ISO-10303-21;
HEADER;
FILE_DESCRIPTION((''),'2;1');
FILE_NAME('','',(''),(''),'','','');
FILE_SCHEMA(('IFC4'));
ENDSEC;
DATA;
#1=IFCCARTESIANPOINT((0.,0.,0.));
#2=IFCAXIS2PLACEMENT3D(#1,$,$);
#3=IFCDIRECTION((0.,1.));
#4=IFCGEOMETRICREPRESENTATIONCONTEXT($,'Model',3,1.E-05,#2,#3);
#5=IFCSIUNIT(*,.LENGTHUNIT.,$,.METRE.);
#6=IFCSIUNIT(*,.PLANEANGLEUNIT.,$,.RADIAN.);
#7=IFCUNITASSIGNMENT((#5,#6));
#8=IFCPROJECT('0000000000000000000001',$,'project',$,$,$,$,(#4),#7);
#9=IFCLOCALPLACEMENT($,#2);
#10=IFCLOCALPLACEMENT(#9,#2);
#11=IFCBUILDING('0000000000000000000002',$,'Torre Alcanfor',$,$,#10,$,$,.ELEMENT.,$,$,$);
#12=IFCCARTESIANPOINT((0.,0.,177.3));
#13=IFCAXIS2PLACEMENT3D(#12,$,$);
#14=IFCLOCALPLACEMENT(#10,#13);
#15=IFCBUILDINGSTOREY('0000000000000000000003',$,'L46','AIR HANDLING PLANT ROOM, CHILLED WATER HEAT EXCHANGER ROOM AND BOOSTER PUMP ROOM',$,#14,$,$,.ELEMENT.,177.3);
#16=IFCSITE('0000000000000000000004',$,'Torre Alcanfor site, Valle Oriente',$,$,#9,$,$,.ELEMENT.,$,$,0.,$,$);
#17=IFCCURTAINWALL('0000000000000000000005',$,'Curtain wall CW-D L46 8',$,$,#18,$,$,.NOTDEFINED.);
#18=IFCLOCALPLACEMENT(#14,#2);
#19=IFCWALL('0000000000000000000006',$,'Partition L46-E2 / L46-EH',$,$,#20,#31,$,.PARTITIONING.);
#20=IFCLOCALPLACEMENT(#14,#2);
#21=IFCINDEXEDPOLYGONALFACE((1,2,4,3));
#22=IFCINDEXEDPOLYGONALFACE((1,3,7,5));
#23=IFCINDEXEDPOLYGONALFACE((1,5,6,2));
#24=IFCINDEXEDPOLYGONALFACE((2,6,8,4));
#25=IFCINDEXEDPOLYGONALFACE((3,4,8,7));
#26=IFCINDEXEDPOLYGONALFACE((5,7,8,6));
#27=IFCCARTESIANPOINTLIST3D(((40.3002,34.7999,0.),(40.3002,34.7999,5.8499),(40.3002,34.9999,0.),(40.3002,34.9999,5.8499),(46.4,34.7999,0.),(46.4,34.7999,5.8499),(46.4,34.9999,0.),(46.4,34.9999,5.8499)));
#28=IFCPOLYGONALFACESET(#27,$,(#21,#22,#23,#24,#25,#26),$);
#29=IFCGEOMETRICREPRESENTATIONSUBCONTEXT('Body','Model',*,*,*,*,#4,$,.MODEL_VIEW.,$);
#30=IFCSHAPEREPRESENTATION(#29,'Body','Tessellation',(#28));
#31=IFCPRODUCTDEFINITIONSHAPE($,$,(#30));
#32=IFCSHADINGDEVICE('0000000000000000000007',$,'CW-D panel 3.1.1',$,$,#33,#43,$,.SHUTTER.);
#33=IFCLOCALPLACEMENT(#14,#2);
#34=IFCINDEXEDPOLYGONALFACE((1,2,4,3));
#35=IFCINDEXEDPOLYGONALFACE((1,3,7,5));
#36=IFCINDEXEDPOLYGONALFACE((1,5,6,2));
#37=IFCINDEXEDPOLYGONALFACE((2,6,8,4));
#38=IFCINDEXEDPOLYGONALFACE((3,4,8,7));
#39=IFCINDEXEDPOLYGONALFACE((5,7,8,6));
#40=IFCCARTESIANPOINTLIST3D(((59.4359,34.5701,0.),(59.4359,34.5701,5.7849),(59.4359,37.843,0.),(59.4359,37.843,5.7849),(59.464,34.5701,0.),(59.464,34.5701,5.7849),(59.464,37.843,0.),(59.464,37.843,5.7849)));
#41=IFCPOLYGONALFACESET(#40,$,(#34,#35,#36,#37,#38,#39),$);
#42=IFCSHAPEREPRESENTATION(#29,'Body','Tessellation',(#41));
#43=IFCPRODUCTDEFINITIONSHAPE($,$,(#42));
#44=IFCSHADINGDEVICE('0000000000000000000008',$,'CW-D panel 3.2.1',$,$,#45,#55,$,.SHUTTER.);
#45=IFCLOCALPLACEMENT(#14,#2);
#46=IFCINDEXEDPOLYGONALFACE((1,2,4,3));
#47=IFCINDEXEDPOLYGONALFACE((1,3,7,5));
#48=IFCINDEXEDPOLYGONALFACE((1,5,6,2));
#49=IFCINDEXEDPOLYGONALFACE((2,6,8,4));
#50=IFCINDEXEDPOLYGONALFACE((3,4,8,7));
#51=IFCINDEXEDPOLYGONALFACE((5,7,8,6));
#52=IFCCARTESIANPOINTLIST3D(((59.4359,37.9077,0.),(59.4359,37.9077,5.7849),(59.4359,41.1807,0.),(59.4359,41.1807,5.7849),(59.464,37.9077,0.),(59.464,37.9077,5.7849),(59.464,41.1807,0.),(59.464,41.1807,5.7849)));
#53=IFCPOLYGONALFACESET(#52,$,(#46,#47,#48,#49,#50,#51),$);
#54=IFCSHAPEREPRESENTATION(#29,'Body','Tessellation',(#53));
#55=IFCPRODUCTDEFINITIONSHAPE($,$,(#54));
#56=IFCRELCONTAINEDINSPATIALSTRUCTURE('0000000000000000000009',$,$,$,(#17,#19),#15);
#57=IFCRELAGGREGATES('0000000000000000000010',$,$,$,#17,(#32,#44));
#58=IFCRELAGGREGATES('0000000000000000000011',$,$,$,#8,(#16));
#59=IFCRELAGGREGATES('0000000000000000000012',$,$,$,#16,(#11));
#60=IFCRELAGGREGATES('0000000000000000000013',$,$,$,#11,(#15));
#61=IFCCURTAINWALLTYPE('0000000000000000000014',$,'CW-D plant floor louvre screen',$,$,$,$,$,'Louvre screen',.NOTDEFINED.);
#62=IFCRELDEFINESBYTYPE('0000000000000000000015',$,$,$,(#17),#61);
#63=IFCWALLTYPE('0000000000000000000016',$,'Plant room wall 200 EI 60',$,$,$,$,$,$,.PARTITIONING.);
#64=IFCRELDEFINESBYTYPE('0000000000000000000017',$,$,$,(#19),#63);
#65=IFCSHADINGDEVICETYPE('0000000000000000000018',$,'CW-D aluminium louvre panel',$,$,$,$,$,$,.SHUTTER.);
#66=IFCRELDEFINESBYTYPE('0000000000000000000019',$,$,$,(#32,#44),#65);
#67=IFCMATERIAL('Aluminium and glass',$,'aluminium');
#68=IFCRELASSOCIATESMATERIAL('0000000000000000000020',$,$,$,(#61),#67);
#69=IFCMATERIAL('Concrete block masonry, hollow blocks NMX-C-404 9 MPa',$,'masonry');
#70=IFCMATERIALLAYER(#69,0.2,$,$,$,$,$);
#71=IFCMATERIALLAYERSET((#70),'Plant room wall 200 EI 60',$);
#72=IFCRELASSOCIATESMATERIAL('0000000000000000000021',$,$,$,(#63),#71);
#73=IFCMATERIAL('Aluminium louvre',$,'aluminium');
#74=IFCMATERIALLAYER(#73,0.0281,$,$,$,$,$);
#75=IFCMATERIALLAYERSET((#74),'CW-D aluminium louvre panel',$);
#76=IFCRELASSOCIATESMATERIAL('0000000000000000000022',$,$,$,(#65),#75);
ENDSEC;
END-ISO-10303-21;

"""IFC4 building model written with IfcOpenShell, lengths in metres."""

from ifc_helpers import new_model, si_unit, direction, frame, frame_2d, origin, origin_2d, place, context, subcontext, project, spatial, rectangle, extrude, material, layer, layer_set, type_object, element, aggregate, save


model = new_model("IFC4")

# Units and contexts
model_context = context("Model", 3, precision=1e-05, world=origin(), true_north=direction((0.0, 1.0)))
body_context = subcontext(model_context, "Body", "Model", "MODEL_VIEW")
ifc_project = project(units=[si_unit("LENGTHUNIT", "METRE"), si_unit("PLANEANGLEUNIT", "RADIAN")], contexts=[model_context])

# Site, building, storey
site_placement = place(None, origin())
site = spatial("IfcSite", under=ifc_project, at=site_placement, Name="Torre Alcanfor site, Valle Oriente", CompositionType="ELEMENT", RefElevation=0.0)
building_placement = place(site_placement, origin())
building = spatial("IfcBuilding", under=site, at=building_placement, Name="Torre Alcanfor", CompositionType="ELEMENT")
storey_placement = place(building_placement, frame((0.0, 0.0, 177.3)))
storey = spatial("IfcBuildingStorey", under=building, at=storey_placement, Name="L46", Description="AIR HANDLING PLANT ROOM, CHILLED WATER HEAT EXCHANGER ROOM AND BOOSTER PUMP ROOM", CompositionType="ELEMENT", Elevation=177.3)

# Curtain wall
ifc_material_1 = material(Name="Aluminium and glass", Category="aluminium")
curtain_wall_type = type_object("IfcCurtainWallType", Name="CW-D plant floor louvre screen", ElementType="Louvre screen", PredefinedType="NOTDEFINED", material=ifc_material_1)
curtain_wall_1_placement = place(storey_placement, origin())
curtain_wall_1 = element("IfcCurtainWall", 1, at=curtain_wall_1_placement, inside=storey, type_object=curtain_wall_type, Name="Curtain wall CW-D L46 8", PredefinedType="NOTDEFINED")

# Wall
ifc_material_2 = material(Name="Concrete block masonry, hollow blocks NMX-C-404 9 MPa", Category="masonry")
ifc_layer_1 = layer(ifc_material_2, 0.2)
ifc_layer_set_1 = layer_set([ifc_layer_1], Name="Plant room wall 200 EI 60")
wall_type_1 = type_object("IfcWallType", Name="Plant room wall 200 EI 60", PredefinedType="PARTITIONING", material=ifc_layer_set_1)
wall_1_placement = place(storey_placement, frame((46.3999, 34.8999, 0.0), z_axis=(0.0, 0.0, 1.0), x_axis=(-1.0, 0.0, 0.0)))
element("IfcWall", 2, at=wall_1_placement, inside=storey, type_object=wall_type_1, Name="Partition L46-E2 / L46-EH", PredefinedType="PARTITIONING", context=body_context, shape_type="SweptSolid", body=[
    extrude(rectangle(XDim=6.0999, YDim=0.2, at=frame_2d((3.0498, 0.0))), origin(), (0.0, 0.0, 1.0), 5.8499),
])

# Shading devices
ifc_material_3 = material(Name="Aluminium louvre", Category="aluminium")
ifc_layer_2 = layer(ifc_material_3, 0.0281)
ifc_layer_set_2 = layer_set([ifc_layer_2], Name="CW-D aluminium louvre panel")
shading_device_type = type_object("IfcShadingDeviceType", Name="CW-D aluminium louvre panel", PredefinedType="SHUTTER", material=ifc_layer_set_2)
shading_device_1_placement = place(storey_placement, frame((59.45, 36.2065, 0.0), z_axis=(0.0, 0.0, 1.0), x_axis=(0.0, 1.0, 0.0)))
shading_device_1 = element("IfcShadingDevice", 3, at=shading_device_1_placement, type_object=shading_device_type, Name="CW-D panel 3.1.1", PredefinedType="SHUTTER", context=body_context, shape_type="SweptSolid", body=[
    extrude(rectangle(XDim=3.2729, YDim=0.0281, at=origin_2d()), origin(), (0.0, 0.0, 1.0), 5.7849),
])
shading_device_2_placement = place(storey_placement, frame((59.45, 39.5442, 0.0), z_axis=(0.0, 0.0, 1.0), x_axis=(0.0, 1.0, 0.0)))
shading_device_2 = element("IfcShadingDevice", 4, at=shading_device_2_placement, type_object=shading_device_type, Name="CW-D panel 3.2.1", PredefinedType="SHUTTER", context=body_context, shape_type="SweptSolid", body=[
    extrude(rectangle(XDim=3.2729, YDim=0.0281, at=origin_2d()), origin(), (0.0, 0.0, 1.0), 5.7849),
])
aggregate(curtain_wall_1, [shading_device_1, shading_device_2])

save(model, "model.ifc")
